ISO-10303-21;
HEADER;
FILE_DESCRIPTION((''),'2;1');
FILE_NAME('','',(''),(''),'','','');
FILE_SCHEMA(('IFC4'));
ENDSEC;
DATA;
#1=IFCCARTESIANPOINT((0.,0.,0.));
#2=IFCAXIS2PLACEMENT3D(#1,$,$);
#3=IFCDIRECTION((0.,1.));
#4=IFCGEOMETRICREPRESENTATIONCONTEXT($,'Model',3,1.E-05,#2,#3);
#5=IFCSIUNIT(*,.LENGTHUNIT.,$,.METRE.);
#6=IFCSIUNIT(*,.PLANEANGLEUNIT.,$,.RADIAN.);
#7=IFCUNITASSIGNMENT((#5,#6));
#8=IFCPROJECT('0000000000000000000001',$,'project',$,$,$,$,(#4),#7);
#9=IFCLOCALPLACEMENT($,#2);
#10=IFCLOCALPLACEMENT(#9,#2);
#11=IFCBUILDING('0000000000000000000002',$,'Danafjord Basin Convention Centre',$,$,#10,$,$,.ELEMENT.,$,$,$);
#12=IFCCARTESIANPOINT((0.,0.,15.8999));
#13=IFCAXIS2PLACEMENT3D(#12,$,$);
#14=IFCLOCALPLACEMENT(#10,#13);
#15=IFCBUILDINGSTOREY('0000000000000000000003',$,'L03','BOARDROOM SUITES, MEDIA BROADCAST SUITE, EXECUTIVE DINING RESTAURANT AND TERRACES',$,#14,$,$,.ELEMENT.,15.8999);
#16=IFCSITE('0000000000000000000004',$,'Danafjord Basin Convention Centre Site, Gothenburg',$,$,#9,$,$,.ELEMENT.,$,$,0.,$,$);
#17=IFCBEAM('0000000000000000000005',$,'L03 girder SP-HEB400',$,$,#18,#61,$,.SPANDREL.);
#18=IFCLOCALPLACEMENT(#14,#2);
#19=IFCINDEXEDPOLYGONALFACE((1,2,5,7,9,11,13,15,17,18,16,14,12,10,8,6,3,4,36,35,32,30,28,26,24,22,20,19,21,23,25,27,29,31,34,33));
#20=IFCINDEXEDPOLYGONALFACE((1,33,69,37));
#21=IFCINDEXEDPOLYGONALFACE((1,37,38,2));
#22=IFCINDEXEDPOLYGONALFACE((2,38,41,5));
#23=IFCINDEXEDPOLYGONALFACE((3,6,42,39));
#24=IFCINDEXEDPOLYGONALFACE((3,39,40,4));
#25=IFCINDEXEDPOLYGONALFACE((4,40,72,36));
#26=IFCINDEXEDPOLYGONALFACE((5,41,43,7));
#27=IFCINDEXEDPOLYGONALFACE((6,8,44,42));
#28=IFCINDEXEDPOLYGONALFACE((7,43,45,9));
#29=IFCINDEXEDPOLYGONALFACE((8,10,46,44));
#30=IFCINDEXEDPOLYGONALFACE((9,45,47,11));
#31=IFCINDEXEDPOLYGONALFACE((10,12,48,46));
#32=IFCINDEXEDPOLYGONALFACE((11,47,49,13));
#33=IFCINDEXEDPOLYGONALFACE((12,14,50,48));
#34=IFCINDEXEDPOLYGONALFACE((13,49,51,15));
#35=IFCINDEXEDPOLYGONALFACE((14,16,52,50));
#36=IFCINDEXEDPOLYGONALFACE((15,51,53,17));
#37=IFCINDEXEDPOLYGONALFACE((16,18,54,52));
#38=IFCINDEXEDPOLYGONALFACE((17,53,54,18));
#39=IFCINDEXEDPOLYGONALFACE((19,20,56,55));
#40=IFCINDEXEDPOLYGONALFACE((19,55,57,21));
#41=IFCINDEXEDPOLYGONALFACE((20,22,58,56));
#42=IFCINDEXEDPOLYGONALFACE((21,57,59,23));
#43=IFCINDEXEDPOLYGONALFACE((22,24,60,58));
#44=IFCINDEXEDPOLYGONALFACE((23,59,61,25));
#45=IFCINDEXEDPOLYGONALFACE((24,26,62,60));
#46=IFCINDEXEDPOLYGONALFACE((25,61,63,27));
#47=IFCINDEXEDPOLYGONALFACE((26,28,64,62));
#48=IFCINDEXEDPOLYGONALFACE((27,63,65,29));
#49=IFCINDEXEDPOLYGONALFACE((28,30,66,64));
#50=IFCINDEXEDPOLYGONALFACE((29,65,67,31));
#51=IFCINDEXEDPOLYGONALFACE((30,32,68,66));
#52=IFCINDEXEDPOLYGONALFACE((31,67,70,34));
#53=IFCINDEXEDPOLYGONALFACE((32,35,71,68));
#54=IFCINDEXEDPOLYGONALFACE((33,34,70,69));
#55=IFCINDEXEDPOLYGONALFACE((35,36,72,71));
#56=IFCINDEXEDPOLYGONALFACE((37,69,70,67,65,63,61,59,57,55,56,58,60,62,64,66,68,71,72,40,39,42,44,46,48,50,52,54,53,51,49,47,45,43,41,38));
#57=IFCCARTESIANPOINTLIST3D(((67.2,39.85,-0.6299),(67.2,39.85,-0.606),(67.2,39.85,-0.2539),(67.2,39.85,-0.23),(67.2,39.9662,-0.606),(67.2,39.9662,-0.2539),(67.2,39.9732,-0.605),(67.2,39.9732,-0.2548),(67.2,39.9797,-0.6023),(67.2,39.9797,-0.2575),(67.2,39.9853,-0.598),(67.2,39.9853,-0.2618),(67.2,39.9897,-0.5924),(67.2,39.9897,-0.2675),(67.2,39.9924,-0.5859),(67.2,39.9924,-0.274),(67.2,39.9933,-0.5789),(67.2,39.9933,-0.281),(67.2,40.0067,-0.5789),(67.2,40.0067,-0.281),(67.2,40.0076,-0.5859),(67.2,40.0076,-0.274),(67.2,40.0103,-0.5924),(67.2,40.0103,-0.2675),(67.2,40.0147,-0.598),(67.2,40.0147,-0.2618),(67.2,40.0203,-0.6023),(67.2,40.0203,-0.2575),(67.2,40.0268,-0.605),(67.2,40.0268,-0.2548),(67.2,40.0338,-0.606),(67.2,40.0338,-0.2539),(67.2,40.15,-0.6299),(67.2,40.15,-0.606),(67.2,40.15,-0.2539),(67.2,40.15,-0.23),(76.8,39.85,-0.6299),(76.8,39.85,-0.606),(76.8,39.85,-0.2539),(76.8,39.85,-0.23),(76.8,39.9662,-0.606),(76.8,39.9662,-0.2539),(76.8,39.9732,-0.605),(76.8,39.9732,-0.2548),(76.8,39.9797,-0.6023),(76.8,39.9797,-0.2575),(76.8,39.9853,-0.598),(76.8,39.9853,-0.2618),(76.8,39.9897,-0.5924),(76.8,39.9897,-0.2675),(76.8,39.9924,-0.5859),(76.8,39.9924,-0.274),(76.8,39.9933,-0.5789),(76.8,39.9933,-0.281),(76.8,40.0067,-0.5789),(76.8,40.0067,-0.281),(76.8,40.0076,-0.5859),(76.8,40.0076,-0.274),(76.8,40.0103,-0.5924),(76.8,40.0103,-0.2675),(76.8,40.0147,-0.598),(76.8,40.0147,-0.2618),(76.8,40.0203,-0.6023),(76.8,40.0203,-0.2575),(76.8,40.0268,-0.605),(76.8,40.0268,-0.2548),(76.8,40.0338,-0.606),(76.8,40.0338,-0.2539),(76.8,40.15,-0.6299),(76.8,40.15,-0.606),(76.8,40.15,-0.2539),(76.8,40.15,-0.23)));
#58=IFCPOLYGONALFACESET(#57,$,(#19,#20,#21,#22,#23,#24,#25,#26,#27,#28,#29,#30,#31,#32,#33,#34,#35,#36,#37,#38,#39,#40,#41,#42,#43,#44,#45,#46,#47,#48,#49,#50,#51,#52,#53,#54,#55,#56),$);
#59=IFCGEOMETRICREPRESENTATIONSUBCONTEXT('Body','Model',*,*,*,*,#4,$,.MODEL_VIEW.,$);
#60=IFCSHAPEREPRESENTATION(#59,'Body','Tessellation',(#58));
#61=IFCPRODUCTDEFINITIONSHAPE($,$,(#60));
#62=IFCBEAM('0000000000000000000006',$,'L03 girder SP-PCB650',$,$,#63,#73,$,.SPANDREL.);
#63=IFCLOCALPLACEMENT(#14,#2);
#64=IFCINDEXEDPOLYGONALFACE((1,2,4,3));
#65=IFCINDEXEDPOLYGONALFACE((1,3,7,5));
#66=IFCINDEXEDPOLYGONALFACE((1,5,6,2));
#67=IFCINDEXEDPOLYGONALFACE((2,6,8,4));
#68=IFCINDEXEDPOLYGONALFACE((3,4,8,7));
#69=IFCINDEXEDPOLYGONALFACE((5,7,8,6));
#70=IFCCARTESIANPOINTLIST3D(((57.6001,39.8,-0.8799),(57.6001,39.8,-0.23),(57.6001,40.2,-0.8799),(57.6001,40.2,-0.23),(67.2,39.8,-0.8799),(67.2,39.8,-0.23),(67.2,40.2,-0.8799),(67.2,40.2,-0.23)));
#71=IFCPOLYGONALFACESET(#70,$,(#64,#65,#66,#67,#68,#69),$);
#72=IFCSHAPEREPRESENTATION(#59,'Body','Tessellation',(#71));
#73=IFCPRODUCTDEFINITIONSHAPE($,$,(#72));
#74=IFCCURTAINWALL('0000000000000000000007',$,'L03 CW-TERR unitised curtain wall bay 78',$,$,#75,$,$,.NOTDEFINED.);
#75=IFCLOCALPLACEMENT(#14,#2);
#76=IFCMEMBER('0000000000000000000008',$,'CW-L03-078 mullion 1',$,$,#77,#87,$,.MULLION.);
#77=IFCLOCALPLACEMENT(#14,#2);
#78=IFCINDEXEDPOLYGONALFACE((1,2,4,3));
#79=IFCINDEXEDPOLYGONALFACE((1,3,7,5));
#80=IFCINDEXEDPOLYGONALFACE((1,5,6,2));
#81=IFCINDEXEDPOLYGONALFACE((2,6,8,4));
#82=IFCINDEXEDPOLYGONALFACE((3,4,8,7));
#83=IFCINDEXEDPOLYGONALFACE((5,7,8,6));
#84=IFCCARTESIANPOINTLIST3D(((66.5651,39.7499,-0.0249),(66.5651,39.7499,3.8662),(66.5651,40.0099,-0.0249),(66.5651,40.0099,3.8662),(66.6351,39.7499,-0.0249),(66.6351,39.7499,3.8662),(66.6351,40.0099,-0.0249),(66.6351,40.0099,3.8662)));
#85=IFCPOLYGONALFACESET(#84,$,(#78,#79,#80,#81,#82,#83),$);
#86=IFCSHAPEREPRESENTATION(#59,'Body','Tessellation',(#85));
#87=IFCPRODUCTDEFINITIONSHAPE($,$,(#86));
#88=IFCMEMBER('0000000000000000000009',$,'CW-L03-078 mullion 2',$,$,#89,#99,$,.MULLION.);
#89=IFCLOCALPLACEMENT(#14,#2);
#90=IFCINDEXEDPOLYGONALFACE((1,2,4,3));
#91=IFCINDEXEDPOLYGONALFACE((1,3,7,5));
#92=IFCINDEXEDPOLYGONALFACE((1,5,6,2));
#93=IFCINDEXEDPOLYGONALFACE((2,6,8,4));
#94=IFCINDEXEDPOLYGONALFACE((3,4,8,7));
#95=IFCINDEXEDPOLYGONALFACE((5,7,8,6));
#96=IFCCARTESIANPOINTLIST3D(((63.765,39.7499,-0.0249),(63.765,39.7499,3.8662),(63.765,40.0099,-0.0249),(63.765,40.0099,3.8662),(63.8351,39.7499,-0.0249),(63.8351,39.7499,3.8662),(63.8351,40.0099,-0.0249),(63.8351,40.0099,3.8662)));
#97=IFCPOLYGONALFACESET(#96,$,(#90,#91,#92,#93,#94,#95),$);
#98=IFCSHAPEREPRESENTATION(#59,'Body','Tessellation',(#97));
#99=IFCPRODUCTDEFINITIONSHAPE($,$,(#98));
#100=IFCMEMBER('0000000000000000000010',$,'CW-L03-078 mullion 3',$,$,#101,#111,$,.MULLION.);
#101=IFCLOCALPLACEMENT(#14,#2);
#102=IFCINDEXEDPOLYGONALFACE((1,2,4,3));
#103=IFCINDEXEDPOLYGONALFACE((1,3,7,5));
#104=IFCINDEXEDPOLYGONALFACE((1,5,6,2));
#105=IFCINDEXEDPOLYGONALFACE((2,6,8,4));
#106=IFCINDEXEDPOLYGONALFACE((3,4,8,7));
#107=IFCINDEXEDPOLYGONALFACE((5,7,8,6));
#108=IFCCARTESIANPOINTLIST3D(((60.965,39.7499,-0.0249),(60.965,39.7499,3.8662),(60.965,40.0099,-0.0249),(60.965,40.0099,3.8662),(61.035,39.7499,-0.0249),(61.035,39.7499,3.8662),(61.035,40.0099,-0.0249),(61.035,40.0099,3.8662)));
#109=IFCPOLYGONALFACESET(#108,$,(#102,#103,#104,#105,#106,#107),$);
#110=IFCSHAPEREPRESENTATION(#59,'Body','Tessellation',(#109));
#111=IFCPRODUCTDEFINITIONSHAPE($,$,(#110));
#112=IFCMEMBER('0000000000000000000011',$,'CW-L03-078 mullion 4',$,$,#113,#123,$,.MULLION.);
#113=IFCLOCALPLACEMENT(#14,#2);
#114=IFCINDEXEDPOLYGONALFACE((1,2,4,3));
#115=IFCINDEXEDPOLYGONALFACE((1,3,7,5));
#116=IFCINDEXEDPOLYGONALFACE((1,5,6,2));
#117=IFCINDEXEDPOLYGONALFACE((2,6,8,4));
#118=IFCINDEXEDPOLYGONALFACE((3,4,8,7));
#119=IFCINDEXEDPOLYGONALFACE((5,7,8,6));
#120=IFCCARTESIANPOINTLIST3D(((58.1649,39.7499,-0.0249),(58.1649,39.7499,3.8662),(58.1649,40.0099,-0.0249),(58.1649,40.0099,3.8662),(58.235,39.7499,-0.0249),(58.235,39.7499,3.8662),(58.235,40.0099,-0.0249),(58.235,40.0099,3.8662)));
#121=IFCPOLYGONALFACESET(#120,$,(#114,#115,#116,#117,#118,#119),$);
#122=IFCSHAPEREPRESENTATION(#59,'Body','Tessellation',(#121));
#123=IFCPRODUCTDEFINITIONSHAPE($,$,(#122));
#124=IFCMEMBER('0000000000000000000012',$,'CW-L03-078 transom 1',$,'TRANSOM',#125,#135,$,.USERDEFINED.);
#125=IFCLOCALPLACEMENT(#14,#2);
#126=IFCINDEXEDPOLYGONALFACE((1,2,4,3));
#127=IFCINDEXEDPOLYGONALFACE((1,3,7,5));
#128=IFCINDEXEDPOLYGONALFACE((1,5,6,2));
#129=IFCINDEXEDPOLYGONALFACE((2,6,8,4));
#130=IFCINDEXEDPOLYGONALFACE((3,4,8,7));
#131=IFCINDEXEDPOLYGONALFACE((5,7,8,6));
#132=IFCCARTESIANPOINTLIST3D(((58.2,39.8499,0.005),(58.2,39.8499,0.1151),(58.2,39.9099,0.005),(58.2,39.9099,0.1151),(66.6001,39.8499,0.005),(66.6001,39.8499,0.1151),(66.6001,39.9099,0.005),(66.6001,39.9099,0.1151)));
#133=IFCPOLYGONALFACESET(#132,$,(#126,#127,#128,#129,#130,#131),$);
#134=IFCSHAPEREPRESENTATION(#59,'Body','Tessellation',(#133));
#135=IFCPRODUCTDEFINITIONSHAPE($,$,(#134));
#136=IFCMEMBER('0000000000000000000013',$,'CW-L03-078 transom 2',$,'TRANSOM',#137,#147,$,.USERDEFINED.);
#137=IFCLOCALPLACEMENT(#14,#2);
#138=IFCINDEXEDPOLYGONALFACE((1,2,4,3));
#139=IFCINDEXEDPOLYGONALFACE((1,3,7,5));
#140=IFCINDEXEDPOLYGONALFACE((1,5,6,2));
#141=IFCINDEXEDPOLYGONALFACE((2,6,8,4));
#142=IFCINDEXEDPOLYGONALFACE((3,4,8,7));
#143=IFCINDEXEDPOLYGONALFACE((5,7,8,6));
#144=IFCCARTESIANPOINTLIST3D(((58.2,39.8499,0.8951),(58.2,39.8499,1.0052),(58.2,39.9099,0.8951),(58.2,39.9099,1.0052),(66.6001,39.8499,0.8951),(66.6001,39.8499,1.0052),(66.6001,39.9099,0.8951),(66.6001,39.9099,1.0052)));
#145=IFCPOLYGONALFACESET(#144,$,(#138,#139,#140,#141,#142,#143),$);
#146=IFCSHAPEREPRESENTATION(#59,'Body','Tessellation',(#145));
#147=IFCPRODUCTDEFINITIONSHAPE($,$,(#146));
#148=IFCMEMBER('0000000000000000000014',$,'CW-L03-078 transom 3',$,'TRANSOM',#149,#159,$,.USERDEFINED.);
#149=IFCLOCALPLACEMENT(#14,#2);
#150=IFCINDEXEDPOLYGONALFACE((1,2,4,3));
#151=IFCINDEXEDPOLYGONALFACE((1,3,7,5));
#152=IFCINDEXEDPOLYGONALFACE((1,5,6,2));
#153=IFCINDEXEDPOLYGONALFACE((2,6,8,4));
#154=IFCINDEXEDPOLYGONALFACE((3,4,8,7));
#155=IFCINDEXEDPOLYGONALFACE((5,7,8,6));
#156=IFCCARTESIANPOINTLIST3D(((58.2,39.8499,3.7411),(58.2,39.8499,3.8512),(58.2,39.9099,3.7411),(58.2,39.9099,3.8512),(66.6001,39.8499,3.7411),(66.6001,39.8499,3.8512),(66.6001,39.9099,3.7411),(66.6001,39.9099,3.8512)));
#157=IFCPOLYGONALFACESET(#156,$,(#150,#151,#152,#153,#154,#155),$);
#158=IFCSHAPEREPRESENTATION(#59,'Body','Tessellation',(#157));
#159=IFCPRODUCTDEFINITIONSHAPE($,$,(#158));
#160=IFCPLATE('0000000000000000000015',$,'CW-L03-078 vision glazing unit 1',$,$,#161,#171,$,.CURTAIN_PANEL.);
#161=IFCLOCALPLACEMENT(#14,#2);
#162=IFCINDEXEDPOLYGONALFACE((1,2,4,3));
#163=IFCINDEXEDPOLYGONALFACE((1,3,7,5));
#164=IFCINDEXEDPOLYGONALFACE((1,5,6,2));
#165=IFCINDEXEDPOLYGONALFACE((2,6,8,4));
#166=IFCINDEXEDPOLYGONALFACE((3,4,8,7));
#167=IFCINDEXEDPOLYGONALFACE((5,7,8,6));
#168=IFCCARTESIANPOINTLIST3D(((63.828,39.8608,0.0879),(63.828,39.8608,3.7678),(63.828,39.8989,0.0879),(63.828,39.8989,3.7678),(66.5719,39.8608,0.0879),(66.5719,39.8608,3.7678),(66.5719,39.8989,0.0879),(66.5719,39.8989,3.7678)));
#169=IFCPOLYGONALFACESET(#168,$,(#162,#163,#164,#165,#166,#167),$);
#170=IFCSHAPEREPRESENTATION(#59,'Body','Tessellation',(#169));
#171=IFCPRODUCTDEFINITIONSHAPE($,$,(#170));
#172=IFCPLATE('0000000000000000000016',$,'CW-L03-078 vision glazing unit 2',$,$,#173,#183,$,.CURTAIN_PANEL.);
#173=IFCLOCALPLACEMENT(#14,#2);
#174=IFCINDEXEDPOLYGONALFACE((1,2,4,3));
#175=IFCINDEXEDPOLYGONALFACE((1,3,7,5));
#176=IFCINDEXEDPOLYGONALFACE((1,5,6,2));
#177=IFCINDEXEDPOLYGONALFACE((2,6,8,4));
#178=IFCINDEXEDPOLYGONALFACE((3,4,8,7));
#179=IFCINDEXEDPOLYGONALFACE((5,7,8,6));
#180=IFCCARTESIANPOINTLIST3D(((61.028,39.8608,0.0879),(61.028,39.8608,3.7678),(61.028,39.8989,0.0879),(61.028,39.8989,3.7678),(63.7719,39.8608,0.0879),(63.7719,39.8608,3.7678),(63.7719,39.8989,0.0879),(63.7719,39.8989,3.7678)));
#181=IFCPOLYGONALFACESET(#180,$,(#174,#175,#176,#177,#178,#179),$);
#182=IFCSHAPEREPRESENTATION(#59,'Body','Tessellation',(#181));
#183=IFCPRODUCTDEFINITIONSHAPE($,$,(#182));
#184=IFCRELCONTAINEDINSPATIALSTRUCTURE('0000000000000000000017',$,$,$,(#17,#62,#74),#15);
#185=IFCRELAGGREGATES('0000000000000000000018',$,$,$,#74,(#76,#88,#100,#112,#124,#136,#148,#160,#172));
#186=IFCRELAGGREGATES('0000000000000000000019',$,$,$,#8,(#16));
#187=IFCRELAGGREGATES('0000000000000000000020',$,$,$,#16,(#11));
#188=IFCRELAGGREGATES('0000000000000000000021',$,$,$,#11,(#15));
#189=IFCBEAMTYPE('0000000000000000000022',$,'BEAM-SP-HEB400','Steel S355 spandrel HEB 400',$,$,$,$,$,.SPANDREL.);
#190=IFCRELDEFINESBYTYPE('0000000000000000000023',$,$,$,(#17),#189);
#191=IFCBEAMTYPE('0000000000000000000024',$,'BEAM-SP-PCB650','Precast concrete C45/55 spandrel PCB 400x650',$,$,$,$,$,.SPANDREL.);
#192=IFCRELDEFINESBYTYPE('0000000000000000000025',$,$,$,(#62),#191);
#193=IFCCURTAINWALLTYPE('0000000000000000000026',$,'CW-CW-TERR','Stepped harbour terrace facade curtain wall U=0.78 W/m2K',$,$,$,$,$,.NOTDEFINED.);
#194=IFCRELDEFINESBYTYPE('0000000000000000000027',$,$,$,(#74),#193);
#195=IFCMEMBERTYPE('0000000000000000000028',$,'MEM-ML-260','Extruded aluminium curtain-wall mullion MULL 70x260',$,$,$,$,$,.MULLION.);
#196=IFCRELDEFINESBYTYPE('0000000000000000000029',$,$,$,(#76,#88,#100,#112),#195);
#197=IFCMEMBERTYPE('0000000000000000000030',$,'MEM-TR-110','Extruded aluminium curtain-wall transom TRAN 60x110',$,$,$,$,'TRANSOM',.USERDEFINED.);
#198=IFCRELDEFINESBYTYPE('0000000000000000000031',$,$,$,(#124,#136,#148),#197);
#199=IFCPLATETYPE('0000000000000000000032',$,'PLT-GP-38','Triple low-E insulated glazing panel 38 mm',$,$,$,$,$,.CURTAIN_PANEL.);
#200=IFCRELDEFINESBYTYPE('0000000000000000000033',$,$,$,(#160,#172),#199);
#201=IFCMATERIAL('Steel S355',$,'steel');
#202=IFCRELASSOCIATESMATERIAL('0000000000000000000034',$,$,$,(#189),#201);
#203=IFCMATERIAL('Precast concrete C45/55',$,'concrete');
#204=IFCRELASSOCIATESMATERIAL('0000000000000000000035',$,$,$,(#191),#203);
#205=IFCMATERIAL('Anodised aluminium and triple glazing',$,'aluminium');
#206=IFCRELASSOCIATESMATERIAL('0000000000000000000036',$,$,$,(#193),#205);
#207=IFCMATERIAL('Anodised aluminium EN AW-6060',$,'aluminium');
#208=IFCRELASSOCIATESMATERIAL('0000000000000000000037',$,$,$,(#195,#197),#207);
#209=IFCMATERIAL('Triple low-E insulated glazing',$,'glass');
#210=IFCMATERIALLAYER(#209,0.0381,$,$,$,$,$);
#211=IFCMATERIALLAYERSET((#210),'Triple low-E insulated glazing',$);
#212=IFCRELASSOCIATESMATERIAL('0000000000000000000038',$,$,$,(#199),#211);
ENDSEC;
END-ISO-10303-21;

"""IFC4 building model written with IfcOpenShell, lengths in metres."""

from ifc_helpers import new_model, si_unit, direction, frame, origin, origin_2d, place, context, subcontext, project, spatial, rectangle, i_section, extrude, material, layer, layer_set, material_profile, profile_set, type_object, element, aggregate, save


model = new_model("IFC4")

# Units and contexts
model_context = context("Model", 3, precision=1e-05, world=origin(), true_north=direction((0.0, 1.0)))
body_context = subcontext(model_context, "Body", "Model", "MODEL_VIEW")
ifc_project = project(units=[si_unit("LENGTHUNIT", "METRE"), si_unit("PLANEANGLEUNIT", "RADIAN")], contexts=[model_context])

# Site, building, storey
site_placement = place(None, origin())
site = spatial("IfcSite", under=ifc_project, at=site_placement, Name="Danafjord Basin Convention Centre Site, Gothenburg", CompositionType="ELEMENT", RefElevation=0.0)
building_placement = place(site_placement, origin())
building = spatial("IfcBuilding", under=site, at=building_placement, Name="Danafjord Basin Convention Centre", CompositionType="ELEMENT")
storey_placement = place(building_placement, frame((0.0, 0.0, 15.8999)))
storey = spatial("IfcBuildingStorey", under=building, at=storey_placement, Name="L03", Description="BOARDROOM SUITES, MEDIA BROADCAST SUITE, EXECUTIVE DINING RESTAURANT AND TERRACES", CompositionType="ELEMENT", Elevation=15.8999)

# Shared definitions
ifc_material_1 = material(Name="Steel S355", Category="steel")

# Beams
ifc_material_profile_1 = material_profile(ifc_material_1, i_section(OverallWidth=0.3, OverallDepth=0.3999, WebThickness=0.0134, FlangeThickness=0.0239, FilletRadius=0.0271, at=origin_2d()), Name="HEB 400")
ifc_profile_set_1 = profile_set([ifc_material_profile_1], Name="Steel S355")
beam_type_1 = type_object("IfcBeamType", Name="BEAM-SP-HEB400", Description="Steel S355 spandrel HEB 400", PredefinedType="SPANDREL", material=ifc_profile_set_1)
beam_1_placement = place(storey_placement, frame((67.2, 40.0, -0.4299), z_axis=(1.0, 0.0, 0.0), x_axis=(0.0, 1.0, 0.0)))
element("IfcBeam", 1, at=beam_1_placement, inside=storey, type_object=beam_type_1, Name="L03 girder SP-HEB400", PredefinedType="SPANDREL", context=body_context, shape_type="SweptSolid", body=[
    extrude(i_section(OverallWidth=0.3, OverallDepth=0.3999, WebThickness=0.0134, FlangeThickness=0.0239, FilletRadius=0.0271, at=origin_2d()), origin(), (0.0, 0.0, 1.0), 9.6001),
])
ifc_material_2 = material(Name="Precast concrete C45/55", Category="concrete")
ifc_material_profile_2 = material_profile(ifc_material_2, rectangle(XDim=0.3999, YDim=0.6499, at=origin_2d()), Name="PCB 400x650")
ifc_profile_set_2 = profile_set([ifc_material_profile_2], Name="Precast concrete C45/55")
beam_type_2 = type_object("IfcBeamType", Name="BEAM-SP-PCB650", Description="Precast concrete C45/55 spandrel PCB 400x650", PredefinedType="SPANDREL", material=ifc_profile_set_2)
beam_2_placement = place(storey_placement, frame((57.6001, 40.0, -0.5549), z_axis=(1.0, 0.0, 0.0), x_axis=(0.0, 1.0, 0.0)))
element("IfcBeam", 2, at=beam_2_placement, inside=storey, type_object=beam_type_2, Name="L03 girder SP-PCB650", PredefinedType="SPANDREL", context=body_context, shape_type="SweptSolid", body=[
    extrude(rectangle(XDim=0.3999, YDim=0.6499, at=origin_2d()), origin(), (0.0, 0.0, 1.0), 9.5999),
])

# Curtain wall, members, plates
ifc_material_3 = material(Name="Anodised aluminium and triple glazing", Category="aluminium")
curtain_wall_type = type_object("IfcCurtainWallType", Name="CW-CW-TERR", Description="Stepped harbour terrace facade curtain wall U=0.78 W/m2K", PredefinedType="NOTDEFINED", material=ifc_material_3)
curtain_wall_placement = place(storey_placement, origin())
curtain_wall = element("IfcCurtainWall", 3, at=curtain_wall_placement, inside=storey, type_object=curtain_wall_type, Name="L03 CW-TERR unitised curtain wall bay 78", PredefinedType="NOTDEFINED")
ifc_material_4 = material(Name="Anodised aluminium EN AW-6060", Category="aluminium")
ifc_material_profile_3 = material_profile(ifc_material_4, rectangle(XDim=0.0701, YDim=0.26, at=origin_2d()), Name="MULL 70x260")
ifc_profile_set_3 = profile_set([ifc_material_profile_3], Name="Anodised aluminium EN AW-6060")
member_type_1 = type_object("IfcMemberType", Name="MEM-ML-260", Description="Extruded aluminium curtain-wall mullion MULL 70x260", PredefinedType="MULLION", material=ifc_profile_set_3)
member_1_placement = place(storey_placement, frame((66.6001, 39.8799, -0.0249), z_axis=(0.0, 0.0, 1.0), x_axis=(-1.0, 0.0, 0.0)))
member_1 = element("IfcMember", 4, at=member_1_placement, type_object=member_type_1, Name="CW-L03-078 mullion 1", PredefinedType="MULLION", context=body_context, shape_type="SweptSolid", body=[
    extrude(rectangle(XDim=0.0701, YDim=0.26, at=origin_2d()), origin(), (0.0, 0.0, 1.0), 3.8911),
])
member_2_placement = place(storey_placement, frame((63.8, 39.8799, -0.0249), z_axis=(0.0, 0.0, 1.0), x_axis=(-1.0, 0.0, 0.0)))
member_2 = element("IfcMember", 5, at=member_2_placement, type_object=member_type_1, Name="CW-L03-078 mullion 2", PredefinedType="MULLION", context=body_context, shape_type="SweptSolid", body=[
    extrude(rectangle(XDim=0.0701, YDim=0.26, at=origin_2d()), origin(), (0.0, 0.0, 1.0), 3.8911),
])
member_3_placement = place(storey_placement, frame((61.0, 39.8799, -0.0249), z_axis=(0.0, 0.0, 1.0), x_axis=(-1.0, 0.0, 0.0)))
member_3 = element("IfcMember", 6, at=member_3_placement, type_object=member_type_1, Name="CW-L03-078 mullion 3", PredefinedType="MULLION", context=body_context, shape_type="SweptSolid", body=[
    extrude(rectangle(XDim=0.0701, YDim=0.26, at=origin_2d()), origin(), (0.0, 0.0, 1.0), 3.8911),
])
member_4_placement = place(storey_placement, frame((58.2, 39.8799, -0.0249), z_axis=(0.0, 0.0, 1.0), x_axis=(-1.0, 0.0, 0.0)))
member_4 = element("IfcMember", 7, at=member_4_placement, type_object=member_type_1, Name="CW-L03-078 mullion 4", PredefinedType="MULLION", context=body_context, shape_type="SweptSolid", body=[
    extrude(rectangle(XDim=0.0701, YDim=0.26, at=origin_2d()), origin(), (0.0, 0.0, 1.0), 3.8911),
])
ifc_material_profile_4 = material_profile(ifc_material_4, rectangle(XDim=0.0601, YDim=0.1101, at=origin_2d()), Name="TRAN 60x110")
ifc_profile_set_4 = profile_set([ifc_material_profile_4], Name="Anodised aluminium EN AW-6060")
member_type_2 = type_object("IfcMemberType", Name="MEM-TR-110", Description="Extruded aluminium curtain-wall transom TRAN 60x110", ElementType="TRANSOM", PredefinedType="USERDEFINED", material=ifc_profile_set_4)
member_5_placement = place(storey_placement, frame((66.6001, 39.8799, 0.0601), z_axis=(-1.0, 0.0, 0.0), x_axis=(0.0, -1.0, 0.0)))
member_5 = element("IfcMember", 8, at=member_5_placement, type_object=member_type_2, Name="CW-L03-078 transom 1", ObjectType="TRANSOM", PredefinedType="USERDEFINED", context=body_context, shape_type="SweptSolid", body=[
    extrude(rectangle(XDim=0.0601, YDim=0.1101, at=origin_2d()), origin(), (0.0, 0.0, 1.0), 8.4001),
])
member_6_placement = place(storey_placement, frame((66.6001, 39.8799, 0.9502), z_axis=(-1.0, 0.0, 0.0), x_axis=(0.0, -1.0, 0.0)))
member_6 = element("IfcMember", 9, at=member_6_placement, type_object=member_type_2, Name="CW-L03-078 transom 2", ObjectType="TRANSOM", PredefinedType="USERDEFINED", context=body_context, shape_type="SweptSolid", body=[
    extrude(rectangle(XDim=0.0601, YDim=0.1101, at=origin_2d()), origin(), (0.0, 0.0, 1.0), 8.4001),
])
member_7_placement = place(storey_placement, frame((66.6001, 39.8799, 3.7961), z_axis=(-1.0, 0.0, 0.0), x_axis=(0.0, -1.0, 0.0)))
member_7 = element("IfcMember", 10, at=member_7_placement, type_object=member_type_2, Name="CW-L03-078 transom 3", ObjectType="TRANSOM", PredefinedType="USERDEFINED", context=body_context, shape_type="SweptSolid", body=[
    extrude(rectangle(XDim=0.0601, YDim=0.1101, at=origin_2d()), origin(), (0.0, 0.0, 1.0), 8.4001),
])
ifc_material_5 = material(Name="Triple low-E insulated glazing", Category="glass")
ifc_layer_1 = layer(ifc_material_5, 0.0381)
ifc_layer_set_1 = layer_set([ifc_layer_1], Name="Triple low-E insulated glazing")
plate_type = type_object("IfcPlateType", Name="PLT-GP-38", Description="Triple low-E insulated glazing panel 38 mm", PredefinedType="CURTAIN_PANEL", material=ifc_layer_set_1)
plate_1_placement = place(storey_placement, frame((65.2, 39.8799, 0.0879), z_axis=(0.0, 0.0, 1.0), x_axis=(-1.0, 0.0, 0.0)))
plate_1 = element("IfcPlate", 11, at=plate_1_placement, type_object=plate_type, Name="CW-L03-078 vision glazing unit 1", PredefinedType="CURTAIN_PANEL", context=body_context, shape_type="SweptSolid", body=[
    extrude(rectangle(XDim=2.7439, YDim=0.0381, at=origin_2d()), origin(), (0.0, 0.0, 1.0), 3.6799),
])
plate_2_placement = place(storey_placement, frame((62.3999, 39.8799, 0.0879), z_axis=(0.0, 0.0, 1.0), x_axis=(-1.0, 0.0, 0.0)))
plate_2 = element("IfcPlate", 12, at=plate_2_placement, type_object=plate_type, Name="CW-L03-078 vision glazing unit 2", PredefinedType="CURTAIN_PANEL", context=body_context, shape_type="SweptSolid", body=[
    extrude(rectangle(XDim=2.7439, YDim=0.0381, at=origin_2d()), origin(), (0.0, 0.0, 1.0), 3.6799),
])
aggregate(curtain_wall, [member_1, member_2, member_3, member_4, member_5, member_6, member_7, plate_1, plate_2])

save(model, "model.ifc")
